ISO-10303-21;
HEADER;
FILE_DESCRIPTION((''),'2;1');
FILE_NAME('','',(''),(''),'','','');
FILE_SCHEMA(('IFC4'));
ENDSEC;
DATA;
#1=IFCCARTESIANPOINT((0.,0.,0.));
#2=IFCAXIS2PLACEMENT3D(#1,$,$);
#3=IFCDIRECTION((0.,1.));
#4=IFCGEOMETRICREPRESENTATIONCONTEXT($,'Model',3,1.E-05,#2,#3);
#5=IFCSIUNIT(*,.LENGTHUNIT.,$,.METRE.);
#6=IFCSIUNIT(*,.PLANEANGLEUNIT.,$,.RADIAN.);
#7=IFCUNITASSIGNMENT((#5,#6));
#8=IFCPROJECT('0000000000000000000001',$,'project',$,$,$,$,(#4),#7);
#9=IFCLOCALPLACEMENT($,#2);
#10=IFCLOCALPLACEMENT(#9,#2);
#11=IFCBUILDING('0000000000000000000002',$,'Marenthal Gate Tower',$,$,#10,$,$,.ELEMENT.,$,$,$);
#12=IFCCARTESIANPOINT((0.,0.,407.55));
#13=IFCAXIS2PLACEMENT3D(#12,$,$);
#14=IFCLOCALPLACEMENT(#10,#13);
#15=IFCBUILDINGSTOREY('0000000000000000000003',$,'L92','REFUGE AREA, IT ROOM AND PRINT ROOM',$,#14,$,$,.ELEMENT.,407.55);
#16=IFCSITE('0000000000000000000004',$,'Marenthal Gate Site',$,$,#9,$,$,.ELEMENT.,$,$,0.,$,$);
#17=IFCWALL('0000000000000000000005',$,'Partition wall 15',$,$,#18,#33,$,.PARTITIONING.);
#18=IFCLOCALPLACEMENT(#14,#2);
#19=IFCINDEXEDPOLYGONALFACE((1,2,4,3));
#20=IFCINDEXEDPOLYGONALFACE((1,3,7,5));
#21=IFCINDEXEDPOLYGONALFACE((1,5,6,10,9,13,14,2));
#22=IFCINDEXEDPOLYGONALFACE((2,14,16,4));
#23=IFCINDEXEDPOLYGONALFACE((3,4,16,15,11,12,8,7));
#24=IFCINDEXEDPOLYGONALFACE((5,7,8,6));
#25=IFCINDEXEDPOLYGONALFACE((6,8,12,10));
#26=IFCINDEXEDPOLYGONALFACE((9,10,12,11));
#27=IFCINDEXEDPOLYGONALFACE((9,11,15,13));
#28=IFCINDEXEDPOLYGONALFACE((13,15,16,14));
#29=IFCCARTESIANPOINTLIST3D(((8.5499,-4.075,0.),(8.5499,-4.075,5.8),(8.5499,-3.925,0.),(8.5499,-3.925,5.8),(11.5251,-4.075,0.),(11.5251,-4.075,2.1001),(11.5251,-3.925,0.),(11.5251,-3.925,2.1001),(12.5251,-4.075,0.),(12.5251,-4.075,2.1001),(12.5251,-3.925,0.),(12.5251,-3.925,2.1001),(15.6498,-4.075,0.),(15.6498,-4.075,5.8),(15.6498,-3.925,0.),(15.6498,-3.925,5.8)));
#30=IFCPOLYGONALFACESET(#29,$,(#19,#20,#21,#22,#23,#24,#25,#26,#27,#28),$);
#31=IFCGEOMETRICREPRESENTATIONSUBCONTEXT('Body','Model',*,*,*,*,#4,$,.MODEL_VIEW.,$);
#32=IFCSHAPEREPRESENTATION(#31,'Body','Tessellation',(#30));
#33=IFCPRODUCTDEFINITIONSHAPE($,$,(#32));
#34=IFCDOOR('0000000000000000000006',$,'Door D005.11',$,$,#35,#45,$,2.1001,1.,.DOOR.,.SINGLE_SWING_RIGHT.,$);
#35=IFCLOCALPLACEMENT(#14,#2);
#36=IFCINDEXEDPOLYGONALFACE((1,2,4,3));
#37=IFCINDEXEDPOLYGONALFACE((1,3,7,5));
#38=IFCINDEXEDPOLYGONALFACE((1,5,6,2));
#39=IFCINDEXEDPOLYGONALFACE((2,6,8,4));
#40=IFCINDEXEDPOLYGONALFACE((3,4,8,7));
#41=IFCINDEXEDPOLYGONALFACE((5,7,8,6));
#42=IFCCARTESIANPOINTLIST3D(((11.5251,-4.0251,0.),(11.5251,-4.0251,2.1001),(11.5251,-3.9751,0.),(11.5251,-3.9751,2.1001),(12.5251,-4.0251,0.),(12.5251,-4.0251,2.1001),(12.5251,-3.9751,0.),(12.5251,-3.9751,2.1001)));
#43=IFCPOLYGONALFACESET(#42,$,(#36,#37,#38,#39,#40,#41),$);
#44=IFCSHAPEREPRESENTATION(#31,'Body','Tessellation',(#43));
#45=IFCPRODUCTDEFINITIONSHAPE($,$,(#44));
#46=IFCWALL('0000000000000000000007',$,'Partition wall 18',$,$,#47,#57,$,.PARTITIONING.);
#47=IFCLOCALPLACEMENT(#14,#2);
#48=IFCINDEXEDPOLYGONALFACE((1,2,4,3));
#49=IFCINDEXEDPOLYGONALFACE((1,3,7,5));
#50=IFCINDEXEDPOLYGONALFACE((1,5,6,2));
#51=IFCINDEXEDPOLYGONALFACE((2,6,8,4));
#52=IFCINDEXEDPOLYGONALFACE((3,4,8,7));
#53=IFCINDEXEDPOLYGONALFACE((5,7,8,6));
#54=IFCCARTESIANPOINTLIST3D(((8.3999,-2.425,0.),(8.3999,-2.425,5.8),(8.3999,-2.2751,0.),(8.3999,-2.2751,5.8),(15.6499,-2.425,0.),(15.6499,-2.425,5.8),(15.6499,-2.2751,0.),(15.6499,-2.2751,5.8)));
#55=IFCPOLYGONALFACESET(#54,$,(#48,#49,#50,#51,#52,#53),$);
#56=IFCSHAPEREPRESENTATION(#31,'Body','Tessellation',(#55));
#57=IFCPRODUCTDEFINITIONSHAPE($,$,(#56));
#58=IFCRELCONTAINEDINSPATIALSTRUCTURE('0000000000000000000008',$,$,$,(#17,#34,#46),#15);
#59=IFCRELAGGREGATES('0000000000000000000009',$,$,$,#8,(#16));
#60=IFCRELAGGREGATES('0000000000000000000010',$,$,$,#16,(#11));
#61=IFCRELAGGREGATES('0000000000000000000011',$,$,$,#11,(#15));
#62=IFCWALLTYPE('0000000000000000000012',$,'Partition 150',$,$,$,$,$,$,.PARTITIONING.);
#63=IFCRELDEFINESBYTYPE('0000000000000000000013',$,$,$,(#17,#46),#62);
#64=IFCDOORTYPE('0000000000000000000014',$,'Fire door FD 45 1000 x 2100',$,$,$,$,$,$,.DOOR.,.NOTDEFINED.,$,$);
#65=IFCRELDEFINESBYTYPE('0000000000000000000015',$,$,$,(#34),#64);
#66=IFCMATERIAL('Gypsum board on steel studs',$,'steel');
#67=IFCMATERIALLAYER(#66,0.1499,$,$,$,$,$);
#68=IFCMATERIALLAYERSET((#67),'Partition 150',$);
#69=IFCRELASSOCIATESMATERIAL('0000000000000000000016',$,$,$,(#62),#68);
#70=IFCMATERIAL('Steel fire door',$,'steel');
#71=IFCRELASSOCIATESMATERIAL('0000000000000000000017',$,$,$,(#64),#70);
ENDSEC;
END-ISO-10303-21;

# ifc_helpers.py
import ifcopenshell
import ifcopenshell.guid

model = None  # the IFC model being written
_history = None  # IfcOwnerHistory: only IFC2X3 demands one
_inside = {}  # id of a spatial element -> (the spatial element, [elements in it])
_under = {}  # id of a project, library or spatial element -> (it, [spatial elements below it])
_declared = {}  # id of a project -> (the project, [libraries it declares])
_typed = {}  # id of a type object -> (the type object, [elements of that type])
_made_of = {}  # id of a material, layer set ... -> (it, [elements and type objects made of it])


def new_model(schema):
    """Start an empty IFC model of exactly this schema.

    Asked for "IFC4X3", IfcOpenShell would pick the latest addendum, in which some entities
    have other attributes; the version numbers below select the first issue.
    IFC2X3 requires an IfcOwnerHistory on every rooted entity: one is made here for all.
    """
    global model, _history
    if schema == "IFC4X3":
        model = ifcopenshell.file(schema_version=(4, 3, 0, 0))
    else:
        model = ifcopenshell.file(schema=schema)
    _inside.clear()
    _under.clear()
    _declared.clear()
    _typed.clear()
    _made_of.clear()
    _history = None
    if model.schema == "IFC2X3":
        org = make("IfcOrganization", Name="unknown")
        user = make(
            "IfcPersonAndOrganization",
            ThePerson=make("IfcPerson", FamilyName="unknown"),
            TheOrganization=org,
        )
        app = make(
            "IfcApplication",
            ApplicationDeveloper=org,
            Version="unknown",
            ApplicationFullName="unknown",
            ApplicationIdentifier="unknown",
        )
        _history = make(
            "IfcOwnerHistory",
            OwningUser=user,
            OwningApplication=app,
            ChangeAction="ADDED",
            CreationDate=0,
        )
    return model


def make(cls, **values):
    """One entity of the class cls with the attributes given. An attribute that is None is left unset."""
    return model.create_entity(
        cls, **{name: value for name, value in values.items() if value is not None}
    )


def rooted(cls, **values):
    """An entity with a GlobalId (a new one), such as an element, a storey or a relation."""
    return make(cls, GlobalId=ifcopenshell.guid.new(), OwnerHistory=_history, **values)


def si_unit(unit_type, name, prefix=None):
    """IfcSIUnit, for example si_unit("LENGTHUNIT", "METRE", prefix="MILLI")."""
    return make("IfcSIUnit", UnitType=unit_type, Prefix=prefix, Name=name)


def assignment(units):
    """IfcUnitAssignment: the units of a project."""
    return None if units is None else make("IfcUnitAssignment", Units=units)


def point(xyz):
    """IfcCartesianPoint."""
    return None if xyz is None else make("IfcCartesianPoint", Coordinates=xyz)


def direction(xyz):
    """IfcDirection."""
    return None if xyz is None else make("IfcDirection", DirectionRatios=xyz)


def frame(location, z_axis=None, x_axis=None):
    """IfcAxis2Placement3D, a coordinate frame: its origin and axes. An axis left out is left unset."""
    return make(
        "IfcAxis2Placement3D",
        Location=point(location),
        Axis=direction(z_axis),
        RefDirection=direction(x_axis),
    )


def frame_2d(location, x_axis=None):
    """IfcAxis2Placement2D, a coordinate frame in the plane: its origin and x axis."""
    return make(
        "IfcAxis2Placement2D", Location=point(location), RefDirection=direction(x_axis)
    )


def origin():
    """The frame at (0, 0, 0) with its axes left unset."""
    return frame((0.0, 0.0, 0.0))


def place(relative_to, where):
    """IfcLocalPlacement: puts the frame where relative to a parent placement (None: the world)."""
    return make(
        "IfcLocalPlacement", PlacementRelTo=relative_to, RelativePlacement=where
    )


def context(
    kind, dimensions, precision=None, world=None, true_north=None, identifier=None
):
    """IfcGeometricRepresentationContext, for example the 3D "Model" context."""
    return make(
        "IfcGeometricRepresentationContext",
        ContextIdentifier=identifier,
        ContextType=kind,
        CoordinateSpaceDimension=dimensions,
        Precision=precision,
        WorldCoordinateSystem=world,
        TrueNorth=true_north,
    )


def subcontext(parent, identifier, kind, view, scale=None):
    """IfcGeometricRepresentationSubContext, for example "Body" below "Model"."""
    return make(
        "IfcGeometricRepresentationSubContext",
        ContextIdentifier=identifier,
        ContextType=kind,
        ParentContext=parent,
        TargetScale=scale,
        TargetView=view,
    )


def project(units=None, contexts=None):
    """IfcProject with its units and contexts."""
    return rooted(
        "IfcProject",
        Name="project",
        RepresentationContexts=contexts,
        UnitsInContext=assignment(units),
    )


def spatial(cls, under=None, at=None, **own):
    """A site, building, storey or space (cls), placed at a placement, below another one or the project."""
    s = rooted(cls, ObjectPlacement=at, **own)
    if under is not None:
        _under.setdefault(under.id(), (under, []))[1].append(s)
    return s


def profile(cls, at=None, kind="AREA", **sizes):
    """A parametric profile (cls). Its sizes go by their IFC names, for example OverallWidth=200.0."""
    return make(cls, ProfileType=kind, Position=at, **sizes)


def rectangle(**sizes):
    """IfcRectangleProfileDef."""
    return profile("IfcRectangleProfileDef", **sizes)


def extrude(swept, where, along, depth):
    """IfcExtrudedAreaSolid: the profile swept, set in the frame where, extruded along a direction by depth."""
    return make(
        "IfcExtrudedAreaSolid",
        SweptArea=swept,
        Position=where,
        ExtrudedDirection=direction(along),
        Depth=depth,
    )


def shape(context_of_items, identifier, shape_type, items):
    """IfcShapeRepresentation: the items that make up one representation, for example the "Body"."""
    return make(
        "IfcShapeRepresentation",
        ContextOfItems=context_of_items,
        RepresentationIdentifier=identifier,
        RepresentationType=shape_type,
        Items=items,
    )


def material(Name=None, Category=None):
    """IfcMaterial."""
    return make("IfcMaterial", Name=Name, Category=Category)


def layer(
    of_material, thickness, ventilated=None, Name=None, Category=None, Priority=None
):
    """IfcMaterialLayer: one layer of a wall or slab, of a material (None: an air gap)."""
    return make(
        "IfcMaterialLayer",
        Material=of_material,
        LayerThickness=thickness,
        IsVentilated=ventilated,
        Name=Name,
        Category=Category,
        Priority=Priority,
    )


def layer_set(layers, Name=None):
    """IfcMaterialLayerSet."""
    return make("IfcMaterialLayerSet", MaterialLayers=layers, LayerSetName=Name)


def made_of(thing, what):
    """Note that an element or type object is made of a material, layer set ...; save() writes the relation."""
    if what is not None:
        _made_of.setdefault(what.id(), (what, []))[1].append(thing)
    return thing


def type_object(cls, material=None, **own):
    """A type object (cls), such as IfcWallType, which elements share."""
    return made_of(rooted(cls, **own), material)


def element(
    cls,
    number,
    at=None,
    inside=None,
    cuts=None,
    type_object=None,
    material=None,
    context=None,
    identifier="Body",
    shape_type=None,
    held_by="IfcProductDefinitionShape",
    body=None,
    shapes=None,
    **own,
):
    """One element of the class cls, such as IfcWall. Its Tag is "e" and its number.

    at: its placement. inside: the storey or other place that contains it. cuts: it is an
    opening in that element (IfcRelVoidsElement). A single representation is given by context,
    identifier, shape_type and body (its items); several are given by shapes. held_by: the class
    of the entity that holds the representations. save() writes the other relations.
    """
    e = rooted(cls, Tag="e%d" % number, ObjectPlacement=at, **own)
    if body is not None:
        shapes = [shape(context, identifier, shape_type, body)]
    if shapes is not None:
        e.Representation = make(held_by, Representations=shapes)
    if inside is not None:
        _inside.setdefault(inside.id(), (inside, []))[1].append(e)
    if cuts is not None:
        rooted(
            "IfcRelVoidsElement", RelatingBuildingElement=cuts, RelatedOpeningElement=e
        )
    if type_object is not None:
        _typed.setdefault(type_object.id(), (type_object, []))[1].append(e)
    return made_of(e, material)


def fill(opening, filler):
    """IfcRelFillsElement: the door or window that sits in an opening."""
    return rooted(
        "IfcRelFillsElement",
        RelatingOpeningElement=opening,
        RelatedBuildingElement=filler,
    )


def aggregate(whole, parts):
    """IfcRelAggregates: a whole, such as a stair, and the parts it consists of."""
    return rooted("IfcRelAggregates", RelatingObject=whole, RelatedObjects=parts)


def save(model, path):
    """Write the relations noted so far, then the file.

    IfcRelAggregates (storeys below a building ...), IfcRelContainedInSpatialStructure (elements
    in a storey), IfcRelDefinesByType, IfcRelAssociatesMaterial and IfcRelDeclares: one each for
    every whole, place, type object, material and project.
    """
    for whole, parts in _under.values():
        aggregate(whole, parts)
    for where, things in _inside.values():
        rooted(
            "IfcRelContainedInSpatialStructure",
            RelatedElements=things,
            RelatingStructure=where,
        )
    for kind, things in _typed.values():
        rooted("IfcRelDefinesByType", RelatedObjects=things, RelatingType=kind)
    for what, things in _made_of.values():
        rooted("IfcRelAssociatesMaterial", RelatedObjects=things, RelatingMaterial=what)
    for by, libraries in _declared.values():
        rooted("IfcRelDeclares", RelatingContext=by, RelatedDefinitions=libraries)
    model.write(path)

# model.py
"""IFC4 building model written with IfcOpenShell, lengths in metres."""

from ifc_helpers import new_model, si_unit, direction, frame, frame_2d, origin, place, context, subcontext, project, spatial, rectangle, extrude, material, layer, layer_set, type_object, element, fill, save


model = new_model("IFC4")

# Units and contexts
model_context = context("Model", 3, precision=1e-05, world=origin(), true_north=direction((0.0, 1.0)))
body_context = subcontext(model_context, "Body", "Model", "MODEL_VIEW")
ifc_project = project(units=[si_unit("LENGTHUNIT", "METRE"), si_unit("PLANEANGLEUNIT", "RADIAN")], contexts=[model_context])

# Site, building, storey
site_placement = place(None, origin())
site = spatial("IfcSite", under=ifc_project, at=site_placement, Name="Marenthal Gate Site", CompositionType="ELEMENT", RefElevation=0.0)
building_placement = place(site_placement, origin())
building = spatial("IfcBuilding", under=site, at=building_placement, Name="Marenthal Gate Tower", CompositionType="ELEMENT")
storey_placement = place(building_placement, frame((0.0, 0.0, 407.55)))
storey = spatial("IfcBuildingStorey", under=building, at=storey_placement, Name="L92", Description="REFUGE AREA, IT ROOM AND PRINT ROOM", CompositionType="ELEMENT", Elevation=407.55)

# Wall, opening, door
ifc_material_1 = material(Name="Gypsum board on steel studs", Category="steel")
ifc_layer_1 = layer(ifc_material_1, 0.1499)
ifc_layer_set_1 = layer_set([ifc_layer_1], Name="Partition 150")
wall_type_1 = type_object("IfcWallType", Name="Partition 150", PredefinedType="PARTITIONING", material=ifc_layer_set_1)
ifc_material_2 = material(Name="Steel fire door", Category="steel")
door_type_1 = type_object("IfcDoorType", Name="Fire door FD 45 1000 x 2100", OperationType="NOTDEFINED", PredefinedType="DOOR", material=ifc_material_2)
wall_1_placement = place(storey_placement, frame((8.55, -4.0, 0.0), z_axis=(0.0, 0.0, 1.0), x_axis=(1.0, 0.0, 0.0)))
wall_1 = element("IfcWall", 1, at=wall_1_placement, inside=storey, type_object=wall_type_1, Name="Partition wall 15", PredefinedType="PARTITIONING", context=body_context, shape_type="SweptSolid", body=[
    extrude(rectangle(XDim=7.0999, YDim=0.1499, at=frame_2d((3.5498, 0.0))), origin(), (0.0, 0.0, 1.0), 5.8),
])
opening_1_placement = place(wall_1_placement, frame((2.9751, 0.0, 0.0)))
opening_1 = element("IfcOpeningElement", 2, at=opening_1_placement, cuts=wall_1, PredefinedType="OPENING", context=body_context, shape_type="SweptSolid", body=[
    extrude(rectangle(XDim=1.0, YDim=2.1001, at=frame_2d((0.5, 1.05))), frame((0.0, 0.085, 0.0), z_axis=(0.0, -1.0, 0.0), x_axis=(1.0, 0.0, 0.0)), (0.0, 0.0, 1.0), 0.1699),
])
door_1_placement = place(opening_1_placement, origin())
door_1 = element("IfcDoor", 3, at=door_1_placement, inside=storey, type_object=door_type_1, Name="Door D005.11", OperationType="SINGLE_SWING_RIGHT", OverallHeight=2.1001, OverallWidth=1.0, PredefinedType="DOOR", context=body_context, shape_type="SweptSolid", body=[
    extrude(rectangle(XDim=1.0, YDim=2.1001, at=frame_2d((0.5, 1.05))), frame((0.0, 0.0249, 0.0), z_axis=(0.0, -1.0, 0.0), x_axis=(1.0, 0.0, 0.0)), (0.0, 0.0, 1.0), 0.05),
])
fill(opening_1, door_1)

# Wall
wall_2_placement = place(storey_placement, frame((8.3999, -2.3501, 0.0), z_axis=(0.0, 0.0, 1.0), x_axis=(1.0, 0.0, 0.0)))
element("IfcWall", 4, at=wall_2_placement, inside=storey, type_object=wall_type_1, Name="Partition wall 18", PredefinedType="PARTITIONING", context=body_context, shape_type="SweptSolid", body=[
    extrude(rectangle(XDim=7.25, YDim=0.1499, at=frame_2d((3.625, 0.0))), origin(), (0.0, 0.0, 1.0), 5.8),
])

save(model, "model.ifc")
